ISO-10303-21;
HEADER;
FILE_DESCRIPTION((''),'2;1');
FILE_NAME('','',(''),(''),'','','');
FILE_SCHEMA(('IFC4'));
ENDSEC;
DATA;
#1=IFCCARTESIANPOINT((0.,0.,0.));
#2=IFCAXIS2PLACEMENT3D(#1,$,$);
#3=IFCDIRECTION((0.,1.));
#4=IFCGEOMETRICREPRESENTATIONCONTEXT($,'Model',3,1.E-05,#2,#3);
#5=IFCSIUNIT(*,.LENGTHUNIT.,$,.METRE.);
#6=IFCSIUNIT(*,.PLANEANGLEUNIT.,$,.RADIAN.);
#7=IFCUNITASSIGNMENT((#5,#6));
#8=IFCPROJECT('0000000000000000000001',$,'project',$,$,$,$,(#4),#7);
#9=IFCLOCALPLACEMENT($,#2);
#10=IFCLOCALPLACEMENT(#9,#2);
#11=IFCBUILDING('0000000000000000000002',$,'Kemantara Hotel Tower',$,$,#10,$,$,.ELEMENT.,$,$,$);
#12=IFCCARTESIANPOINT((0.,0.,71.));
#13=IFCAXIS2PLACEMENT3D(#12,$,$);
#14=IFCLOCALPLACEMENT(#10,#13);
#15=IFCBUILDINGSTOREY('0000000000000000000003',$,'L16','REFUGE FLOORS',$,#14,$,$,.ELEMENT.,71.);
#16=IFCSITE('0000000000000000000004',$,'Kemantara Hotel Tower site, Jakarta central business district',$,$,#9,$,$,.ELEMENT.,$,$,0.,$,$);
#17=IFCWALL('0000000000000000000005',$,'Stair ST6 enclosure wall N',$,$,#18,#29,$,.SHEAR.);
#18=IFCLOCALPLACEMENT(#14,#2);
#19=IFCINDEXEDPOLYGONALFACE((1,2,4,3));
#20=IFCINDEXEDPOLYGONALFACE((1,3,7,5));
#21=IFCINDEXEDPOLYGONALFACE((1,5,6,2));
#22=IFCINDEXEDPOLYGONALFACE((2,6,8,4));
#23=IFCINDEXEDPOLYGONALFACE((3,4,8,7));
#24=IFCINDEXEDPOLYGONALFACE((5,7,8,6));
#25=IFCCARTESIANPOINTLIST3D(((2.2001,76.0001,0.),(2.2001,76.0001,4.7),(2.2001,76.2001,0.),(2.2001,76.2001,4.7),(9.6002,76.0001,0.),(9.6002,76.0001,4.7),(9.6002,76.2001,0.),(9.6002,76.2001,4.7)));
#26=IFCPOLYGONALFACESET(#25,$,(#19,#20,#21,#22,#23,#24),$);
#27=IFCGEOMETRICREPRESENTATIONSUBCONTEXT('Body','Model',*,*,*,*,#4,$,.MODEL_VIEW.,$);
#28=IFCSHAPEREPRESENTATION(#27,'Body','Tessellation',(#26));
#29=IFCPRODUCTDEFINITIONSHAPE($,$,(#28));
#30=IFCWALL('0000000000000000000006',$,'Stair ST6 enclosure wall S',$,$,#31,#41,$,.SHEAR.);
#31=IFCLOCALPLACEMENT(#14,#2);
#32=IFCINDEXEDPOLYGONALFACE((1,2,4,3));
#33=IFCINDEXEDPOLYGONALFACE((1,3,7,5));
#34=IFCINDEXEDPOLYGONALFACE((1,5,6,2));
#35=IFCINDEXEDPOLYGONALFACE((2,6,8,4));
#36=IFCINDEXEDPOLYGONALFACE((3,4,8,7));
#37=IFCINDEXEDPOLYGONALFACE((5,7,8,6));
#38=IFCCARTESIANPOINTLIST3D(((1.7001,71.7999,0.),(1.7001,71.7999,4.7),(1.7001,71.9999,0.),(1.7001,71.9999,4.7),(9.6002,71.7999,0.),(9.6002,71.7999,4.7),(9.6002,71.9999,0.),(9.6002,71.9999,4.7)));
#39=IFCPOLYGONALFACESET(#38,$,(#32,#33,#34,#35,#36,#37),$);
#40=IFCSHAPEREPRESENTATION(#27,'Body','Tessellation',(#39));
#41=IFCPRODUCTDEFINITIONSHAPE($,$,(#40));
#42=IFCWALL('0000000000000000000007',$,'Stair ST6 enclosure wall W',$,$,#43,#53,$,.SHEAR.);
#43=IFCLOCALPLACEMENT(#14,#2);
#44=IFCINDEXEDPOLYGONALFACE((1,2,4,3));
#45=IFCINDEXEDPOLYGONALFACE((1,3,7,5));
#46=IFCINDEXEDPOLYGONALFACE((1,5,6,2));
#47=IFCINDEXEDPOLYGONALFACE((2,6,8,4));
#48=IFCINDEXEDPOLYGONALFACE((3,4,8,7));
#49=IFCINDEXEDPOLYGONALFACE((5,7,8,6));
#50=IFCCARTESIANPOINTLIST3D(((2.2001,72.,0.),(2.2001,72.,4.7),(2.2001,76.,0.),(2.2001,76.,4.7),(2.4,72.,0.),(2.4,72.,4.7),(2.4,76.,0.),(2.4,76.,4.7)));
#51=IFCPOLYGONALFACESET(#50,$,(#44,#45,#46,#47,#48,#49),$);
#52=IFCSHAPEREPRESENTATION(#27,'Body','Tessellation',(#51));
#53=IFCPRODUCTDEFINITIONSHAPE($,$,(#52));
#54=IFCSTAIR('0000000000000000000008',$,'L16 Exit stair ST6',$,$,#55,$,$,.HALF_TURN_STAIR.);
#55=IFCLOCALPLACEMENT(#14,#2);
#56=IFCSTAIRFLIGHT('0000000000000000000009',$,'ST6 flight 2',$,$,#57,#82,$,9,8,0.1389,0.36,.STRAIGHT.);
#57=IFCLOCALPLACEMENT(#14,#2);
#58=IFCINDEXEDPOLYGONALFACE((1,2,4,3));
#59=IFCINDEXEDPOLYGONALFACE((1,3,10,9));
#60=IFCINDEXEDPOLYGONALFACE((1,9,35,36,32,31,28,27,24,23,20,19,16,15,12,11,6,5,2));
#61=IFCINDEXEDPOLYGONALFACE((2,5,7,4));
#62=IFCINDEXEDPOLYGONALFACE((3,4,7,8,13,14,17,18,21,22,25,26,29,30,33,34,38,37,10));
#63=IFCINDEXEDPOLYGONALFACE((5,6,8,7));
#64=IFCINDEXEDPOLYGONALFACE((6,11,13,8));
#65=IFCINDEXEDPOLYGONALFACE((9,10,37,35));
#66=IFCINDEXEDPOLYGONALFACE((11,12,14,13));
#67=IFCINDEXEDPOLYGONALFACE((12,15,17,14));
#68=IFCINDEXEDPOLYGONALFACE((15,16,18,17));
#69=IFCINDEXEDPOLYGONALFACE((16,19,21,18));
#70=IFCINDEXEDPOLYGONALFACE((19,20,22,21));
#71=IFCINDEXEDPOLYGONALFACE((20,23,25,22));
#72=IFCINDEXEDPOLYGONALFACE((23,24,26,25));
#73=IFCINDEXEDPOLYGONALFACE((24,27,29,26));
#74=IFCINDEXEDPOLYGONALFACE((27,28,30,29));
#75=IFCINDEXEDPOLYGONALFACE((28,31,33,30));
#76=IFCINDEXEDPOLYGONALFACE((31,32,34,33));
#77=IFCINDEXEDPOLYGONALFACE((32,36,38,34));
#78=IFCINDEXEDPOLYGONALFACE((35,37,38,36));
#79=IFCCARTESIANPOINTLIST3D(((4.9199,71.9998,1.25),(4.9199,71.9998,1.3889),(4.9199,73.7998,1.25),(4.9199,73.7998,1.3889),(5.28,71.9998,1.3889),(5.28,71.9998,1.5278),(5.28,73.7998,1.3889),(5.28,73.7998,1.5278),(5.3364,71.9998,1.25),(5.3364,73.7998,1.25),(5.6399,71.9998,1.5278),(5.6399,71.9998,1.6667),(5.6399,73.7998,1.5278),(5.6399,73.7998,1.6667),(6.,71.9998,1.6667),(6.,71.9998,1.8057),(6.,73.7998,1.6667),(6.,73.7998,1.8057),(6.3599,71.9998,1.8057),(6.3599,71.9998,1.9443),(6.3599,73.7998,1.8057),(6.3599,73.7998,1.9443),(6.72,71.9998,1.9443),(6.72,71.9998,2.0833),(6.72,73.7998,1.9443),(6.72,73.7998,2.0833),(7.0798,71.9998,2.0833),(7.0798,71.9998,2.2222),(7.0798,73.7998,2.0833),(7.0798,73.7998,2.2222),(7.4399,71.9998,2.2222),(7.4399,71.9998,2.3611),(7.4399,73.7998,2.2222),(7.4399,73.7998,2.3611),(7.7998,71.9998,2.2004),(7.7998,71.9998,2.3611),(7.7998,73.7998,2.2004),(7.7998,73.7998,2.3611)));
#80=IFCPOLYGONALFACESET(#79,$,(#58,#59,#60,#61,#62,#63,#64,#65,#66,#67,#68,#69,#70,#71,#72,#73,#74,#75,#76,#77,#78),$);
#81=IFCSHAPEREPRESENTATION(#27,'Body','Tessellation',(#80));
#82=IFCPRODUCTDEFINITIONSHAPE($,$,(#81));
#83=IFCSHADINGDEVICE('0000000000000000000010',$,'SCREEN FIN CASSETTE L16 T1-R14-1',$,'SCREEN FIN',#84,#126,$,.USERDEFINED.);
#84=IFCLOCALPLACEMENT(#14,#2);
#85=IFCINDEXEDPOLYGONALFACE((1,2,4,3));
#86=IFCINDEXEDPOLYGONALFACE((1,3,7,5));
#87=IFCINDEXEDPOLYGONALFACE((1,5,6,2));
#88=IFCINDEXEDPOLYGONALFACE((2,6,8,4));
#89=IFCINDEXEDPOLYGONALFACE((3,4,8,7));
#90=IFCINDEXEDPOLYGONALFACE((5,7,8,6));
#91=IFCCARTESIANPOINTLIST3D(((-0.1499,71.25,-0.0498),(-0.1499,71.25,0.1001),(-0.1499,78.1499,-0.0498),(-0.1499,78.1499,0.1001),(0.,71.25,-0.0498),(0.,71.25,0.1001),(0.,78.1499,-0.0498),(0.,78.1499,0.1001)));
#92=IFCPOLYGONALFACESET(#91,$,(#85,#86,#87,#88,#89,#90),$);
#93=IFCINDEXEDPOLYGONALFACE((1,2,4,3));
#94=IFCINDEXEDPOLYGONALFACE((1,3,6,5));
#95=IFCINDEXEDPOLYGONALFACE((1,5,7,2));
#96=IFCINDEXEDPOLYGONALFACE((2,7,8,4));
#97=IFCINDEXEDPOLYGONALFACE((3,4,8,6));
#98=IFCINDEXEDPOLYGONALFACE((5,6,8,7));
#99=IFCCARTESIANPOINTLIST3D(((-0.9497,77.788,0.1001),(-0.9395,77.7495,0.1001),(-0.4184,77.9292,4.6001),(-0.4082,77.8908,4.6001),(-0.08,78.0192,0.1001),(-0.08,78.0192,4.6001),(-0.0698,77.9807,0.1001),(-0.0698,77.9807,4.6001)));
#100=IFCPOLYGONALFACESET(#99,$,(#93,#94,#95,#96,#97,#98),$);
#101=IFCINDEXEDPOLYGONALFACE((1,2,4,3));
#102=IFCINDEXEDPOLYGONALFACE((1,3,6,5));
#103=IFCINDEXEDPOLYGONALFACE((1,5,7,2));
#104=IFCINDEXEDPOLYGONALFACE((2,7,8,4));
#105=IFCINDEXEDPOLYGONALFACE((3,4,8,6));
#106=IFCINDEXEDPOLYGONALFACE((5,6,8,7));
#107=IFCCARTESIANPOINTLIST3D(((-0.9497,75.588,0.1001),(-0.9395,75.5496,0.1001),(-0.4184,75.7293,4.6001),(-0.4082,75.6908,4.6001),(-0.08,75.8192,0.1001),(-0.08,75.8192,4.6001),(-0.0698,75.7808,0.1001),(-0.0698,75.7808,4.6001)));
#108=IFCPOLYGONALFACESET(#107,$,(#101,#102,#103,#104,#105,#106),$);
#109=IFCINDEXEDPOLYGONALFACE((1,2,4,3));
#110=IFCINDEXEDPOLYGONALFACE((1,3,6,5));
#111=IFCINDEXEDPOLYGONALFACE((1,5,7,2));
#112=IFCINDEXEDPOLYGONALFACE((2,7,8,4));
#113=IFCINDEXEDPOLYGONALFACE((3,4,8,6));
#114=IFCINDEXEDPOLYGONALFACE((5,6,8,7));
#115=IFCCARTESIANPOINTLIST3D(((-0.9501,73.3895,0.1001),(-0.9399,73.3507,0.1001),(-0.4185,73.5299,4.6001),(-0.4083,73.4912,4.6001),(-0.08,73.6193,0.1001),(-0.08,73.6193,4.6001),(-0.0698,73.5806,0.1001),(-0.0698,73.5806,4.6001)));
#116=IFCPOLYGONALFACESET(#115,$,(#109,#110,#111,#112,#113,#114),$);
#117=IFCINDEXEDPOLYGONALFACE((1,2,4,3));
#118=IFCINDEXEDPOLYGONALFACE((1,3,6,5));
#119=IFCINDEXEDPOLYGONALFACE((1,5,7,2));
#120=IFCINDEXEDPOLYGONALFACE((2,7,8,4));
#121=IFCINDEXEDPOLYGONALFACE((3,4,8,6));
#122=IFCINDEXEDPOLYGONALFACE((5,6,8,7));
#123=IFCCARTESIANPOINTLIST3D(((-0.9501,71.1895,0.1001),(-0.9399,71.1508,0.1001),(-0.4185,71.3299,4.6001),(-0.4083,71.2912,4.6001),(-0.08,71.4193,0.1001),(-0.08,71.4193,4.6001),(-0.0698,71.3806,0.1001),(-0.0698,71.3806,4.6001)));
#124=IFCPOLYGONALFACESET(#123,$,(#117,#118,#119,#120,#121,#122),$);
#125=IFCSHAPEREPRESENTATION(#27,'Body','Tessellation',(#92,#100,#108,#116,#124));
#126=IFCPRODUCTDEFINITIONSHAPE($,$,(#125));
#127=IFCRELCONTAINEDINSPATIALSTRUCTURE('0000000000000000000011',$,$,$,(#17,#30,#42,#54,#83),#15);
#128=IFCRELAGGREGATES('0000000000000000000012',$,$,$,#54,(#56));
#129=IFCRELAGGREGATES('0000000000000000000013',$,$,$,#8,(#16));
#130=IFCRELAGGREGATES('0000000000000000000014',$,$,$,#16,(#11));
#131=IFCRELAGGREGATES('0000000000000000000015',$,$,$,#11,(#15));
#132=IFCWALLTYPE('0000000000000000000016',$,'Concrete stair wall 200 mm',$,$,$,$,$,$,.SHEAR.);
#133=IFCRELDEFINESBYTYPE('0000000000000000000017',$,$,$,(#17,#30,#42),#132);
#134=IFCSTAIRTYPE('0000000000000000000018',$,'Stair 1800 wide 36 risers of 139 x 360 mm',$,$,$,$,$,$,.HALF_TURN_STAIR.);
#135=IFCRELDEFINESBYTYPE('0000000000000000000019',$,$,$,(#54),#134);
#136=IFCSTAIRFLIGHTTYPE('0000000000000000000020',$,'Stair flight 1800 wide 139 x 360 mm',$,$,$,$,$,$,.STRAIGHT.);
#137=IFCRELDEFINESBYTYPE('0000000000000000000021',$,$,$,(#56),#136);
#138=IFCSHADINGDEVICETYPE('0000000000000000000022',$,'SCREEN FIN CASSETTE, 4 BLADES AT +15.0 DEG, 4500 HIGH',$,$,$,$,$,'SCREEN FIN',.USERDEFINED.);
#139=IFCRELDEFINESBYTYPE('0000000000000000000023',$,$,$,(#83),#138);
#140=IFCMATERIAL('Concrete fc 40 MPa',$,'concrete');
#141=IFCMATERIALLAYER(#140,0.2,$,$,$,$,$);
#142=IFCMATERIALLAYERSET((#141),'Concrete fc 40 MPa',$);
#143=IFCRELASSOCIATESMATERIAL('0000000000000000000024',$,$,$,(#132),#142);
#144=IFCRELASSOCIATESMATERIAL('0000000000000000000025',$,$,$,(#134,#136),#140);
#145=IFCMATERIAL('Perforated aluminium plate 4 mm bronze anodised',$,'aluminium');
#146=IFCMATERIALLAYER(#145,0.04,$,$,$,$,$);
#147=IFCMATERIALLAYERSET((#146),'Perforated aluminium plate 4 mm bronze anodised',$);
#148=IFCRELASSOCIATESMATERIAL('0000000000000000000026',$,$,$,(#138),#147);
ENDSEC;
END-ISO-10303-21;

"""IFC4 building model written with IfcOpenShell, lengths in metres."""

from ifc_helpers import new_model, si_unit, direction, frame, frame_2d, origin, origin_2d, place, context, subcontext, project, spatial, polyline, rectangle, outline, extrude, source, transform, mapped, material, layer, layer_set, type_object, element, aggregate, save


model = new_model("IFC4")

# Units and contexts
model_context = context("Model", 3, precision=1e-05, world=origin(), true_north=direction((0.0, 1.0)))
body_context = subcontext(model_context, "Body", "Model", "MODEL_VIEW")
ifc_project = project(units=[si_unit("LENGTHUNIT", "METRE"), si_unit("PLANEANGLEUNIT", "RADIAN")], contexts=[model_context])

# Site, building, storey
site_placement = place(None, origin())
site = spatial("IfcSite", under=ifc_project, at=site_placement, Name="Kemantara Hotel Tower site, Jakarta central business district", CompositionType="ELEMENT", RefElevation=0.0)
building_placement = place(site_placement, origin())
building = spatial("IfcBuilding", under=site, at=building_placement, Name="Kemantara Hotel Tower", CompositionType="ELEMENT")
storey_placement = place(building_placement, frame((0.0, 0.0, 71.0)))
storey = spatial("IfcBuildingStorey", under=building, at=storey_placement, Name="L16", Description="REFUGE FLOORS", CompositionType="ELEMENT", Elevation=71.0)

# Walls
ifc_material_1 = material(Name="Concrete fc 40 MPa", Category="concrete")
ifc_layer_1 = layer(ifc_material_1, 0.2)
ifc_layer_set_1 = layer_set([ifc_layer_1], Name="Concrete fc 40 MPa")
wall_type = type_object("IfcWallType", Name="Concrete stair wall 200 mm", PredefinedType="SHEAR", material=ifc_layer_set_1)
wall_1_placement = place(storey_placement, frame((2.2, 76.1001, 0.0), z_axis=(0.0, 0.0, 1.0), x_axis=(1.0, 0.0, 0.0)))
element("IfcWall", 1, at=wall_1_placement, inside=storey, type_object=wall_type, Name="Stair ST6 enclosure wall N", PredefinedType="SHEAR", context=body_context, shape_type="SweptSolid", body=[
    extrude(rectangle(XDim=7.4001, YDim=0.2, at=frame_2d((3.7002, 0.0))), origin(), (0.0, 0.0, 1.0), 4.7),
])
wall_2_placement = place(storey_placement, frame((1.7, 71.8999, 0.0), z_axis=(0.0, 0.0, 1.0), x_axis=(1.0, 0.0, 0.0)))
element("IfcWall", 2, at=wall_2_placement, inside=storey, type_object=wall_type, Name="Stair ST6 enclosure wall S", PredefinedType="SHEAR", context=body_context, shape_type="SweptSolid", body=[
    extrude(rectangle(XDim=7.9001, YDim=0.2, at=frame_2d((3.9502, 0.0))), origin(), (0.0, 0.0, 1.0), 4.7),
])
wall_3_placement = place(storey_placement, frame((2.3, 72.0, 0.0), z_axis=(0.0, 0.0, 1.0), x_axis=(0.0, 1.0, 0.0)))
element("IfcWall", 3, at=wall_3_placement, inside=storey, type_object=wall_type, Name="Stair ST6 enclosure wall W", PredefinedType="SHEAR", context=body_context, shape_type="SweptSolid", body=[
    extrude(rectangle(XDim=4.0, YDim=0.2, at=frame_2d((2.0, 0.0))), origin(), (0.0, 0.0, 1.0), 4.7),
])

# Stair, stair flight
stair_type = type_object("IfcStairType", Name="Stair 1800 wide 36 risers of 139 x 360 mm", PredefinedType="HALF_TURN_STAIR", material=ifc_material_1)
stair_placement = place(storey_placement, origin())
stair = element("IfcStair", 4, at=stair_placement, inside=storey, type_object=stair_type, Name="L16 Exit stair ST6", PredefinedType="HALF_TURN_STAIR")
stair_flight_type = type_object("IfcStairFlightType", Name="Stair flight 1800 wide 139 x 360 mm", PredefinedType="STRAIGHT", material=ifc_material_1)
stair_flight_placement = place(storey_placement, frame((4.9199, 72.8999, 1.25), z_axis=(0.0, 0.0, 1.0), x_axis=(1.0, 0.0, 0.0)))
stair_flight = element("IfcStairFlight", 5, at=stair_flight_placement, type_object=stair_flight_type, Name="ST6 flight 2", NumberOfRisers=9, NumberOfTreads=8, PredefinedType="STRAIGHT", RiserHeight=0.1389, TreadLength=0.36, context=body_context, shape_type="SweptSolid", body=[
    extrude(outline(polyline([(0.0, 0.0), (0.0, 0.1389), (0.3601, 0.1389), (0.3601, 0.2778), (0.72, 0.2778), (0.72, 0.4167), (1.0801, 0.4167), (1.0801, 0.5557), (1.4399, 0.5557), (1.4399, 0.6943), (1.8, 0.6943), (1.8, 0.8333), (2.1599, 0.8333), (2.1599, 0.9722), (2.52, 0.9722), (2.52, 1.1111), (2.8799, 1.1111), (2.8799, 1.25), (2.8799, 0.9504), (0.4165, 0.0), (0.0, 0.0)])), frame((0.0, 0.8999, 0.0), z_axis=(0.0, -1.0, 0.0), x_axis=(1.0, 0.0, 0.0)), (0.0, 0.0, 1.0), 1.8),
])
aggregate(stair, [stair_flight])

# Shading device
ifc_material_2 = material(Name="Perforated aluminium plate 4 mm bronze anodised", Category="aluminium")
ifc_layer_2 = layer(ifc_material_2, 0.04)
ifc_layer_set_2 = layer_set([ifc_layer_2], Name="Perforated aluminium plate 4 mm bronze anodised")
shading_device_type = type_object("IfcShadingDeviceType", Name="SCREEN FIN CASSETTE, 4 BLADES AT +15.0 DEG, 4500 HIGH", ElementType="SCREEN FIN", PredefinedType="USERDEFINED", material=ifc_layer_set_2)
shared_shape = source(origin(), body_context, "Body", "SweptSolid", [
    extrude(rectangle(XDim=6.8999, YDim=0.1499, at=origin_2d()), frame((3.3, -0.075, -0.1499), z_axis=(0.0, 0.0, 1.0), x_axis=(1.0, 0.0, 0.0)), (0.0, 0.0, 1.0), 0.1499),
    extrude(outline(polyline([(0.0, 0.0), (0.8999, 0.0), (0.3501, 4.5), (0.0, 4.5), (0.0, 0.0)])), frame((0.0193, -0.0698, 0.0), z_axis=(-0.966438, -0.256901, 0.0), x_axis=(0.256901, -0.966438, 0.0)), (0.0, 0.0, 1.0), 0.0398),
    extrude(outline(polyline([(0.0, 0.0), (0.8999, 0.0), (0.3501, 4.5), (0.0, 4.5), (0.0, 0.0)])), frame((2.2192, -0.0698, 0.0), z_axis=(-0.966438, -0.256901, 0.0), x_axis=(0.256901, -0.966438, 0.0)), (0.0, 0.0, 1.0), 0.0398),
    extrude(outline(polyline([(0.0, 0.0), (0.8999, 0.0), (0.3501, 4.5), (0.0, 4.5), (0.0, 0.0)])), frame((4.4194, -0.0698, 0.0), z_axis=(-0.966838, -0.255391, 0.0), x_axis=(0.255391, -0.966838, 0.0)), (0.0, 0.0, 1.0), 0.04),
    extrude(outline(polyline([(0.0, 0.0), (0.8999, 0.0), (0.3501, 4.5), (0.0, 4.5), (0.0, 0.0)])), frame((6.6194, -0.0698, 0.0), z_axis=(-0.966838, -0.255391, 0.0), x_axis=(0.255391, -0.966838, 0.0)), (0.0, 0.0, 1.0), 0.04),
])
shading_device_placement = place(storey_placement, frame((0.0, 78.0, 0.1001), z_axis=(0.0, 0.0, 1.0), x_axis=(0.0, -1.0, 0.0)))
element("IfcShadingDevice", 6, at=shading_device_placement, inside=storey, type_object=shading_device_type, Name="SCREEN FIN CASSETTE L16 T1-R14-1", ObjectType="SCREEN FIN", PredefinedType="USERDEFINED", context=body_context, shape_type="MappedRepresentation", body=[
    mapped(shared_shape, transform((0.0, 0.0, 0.0))),
])

save(model, "model.ifc")
